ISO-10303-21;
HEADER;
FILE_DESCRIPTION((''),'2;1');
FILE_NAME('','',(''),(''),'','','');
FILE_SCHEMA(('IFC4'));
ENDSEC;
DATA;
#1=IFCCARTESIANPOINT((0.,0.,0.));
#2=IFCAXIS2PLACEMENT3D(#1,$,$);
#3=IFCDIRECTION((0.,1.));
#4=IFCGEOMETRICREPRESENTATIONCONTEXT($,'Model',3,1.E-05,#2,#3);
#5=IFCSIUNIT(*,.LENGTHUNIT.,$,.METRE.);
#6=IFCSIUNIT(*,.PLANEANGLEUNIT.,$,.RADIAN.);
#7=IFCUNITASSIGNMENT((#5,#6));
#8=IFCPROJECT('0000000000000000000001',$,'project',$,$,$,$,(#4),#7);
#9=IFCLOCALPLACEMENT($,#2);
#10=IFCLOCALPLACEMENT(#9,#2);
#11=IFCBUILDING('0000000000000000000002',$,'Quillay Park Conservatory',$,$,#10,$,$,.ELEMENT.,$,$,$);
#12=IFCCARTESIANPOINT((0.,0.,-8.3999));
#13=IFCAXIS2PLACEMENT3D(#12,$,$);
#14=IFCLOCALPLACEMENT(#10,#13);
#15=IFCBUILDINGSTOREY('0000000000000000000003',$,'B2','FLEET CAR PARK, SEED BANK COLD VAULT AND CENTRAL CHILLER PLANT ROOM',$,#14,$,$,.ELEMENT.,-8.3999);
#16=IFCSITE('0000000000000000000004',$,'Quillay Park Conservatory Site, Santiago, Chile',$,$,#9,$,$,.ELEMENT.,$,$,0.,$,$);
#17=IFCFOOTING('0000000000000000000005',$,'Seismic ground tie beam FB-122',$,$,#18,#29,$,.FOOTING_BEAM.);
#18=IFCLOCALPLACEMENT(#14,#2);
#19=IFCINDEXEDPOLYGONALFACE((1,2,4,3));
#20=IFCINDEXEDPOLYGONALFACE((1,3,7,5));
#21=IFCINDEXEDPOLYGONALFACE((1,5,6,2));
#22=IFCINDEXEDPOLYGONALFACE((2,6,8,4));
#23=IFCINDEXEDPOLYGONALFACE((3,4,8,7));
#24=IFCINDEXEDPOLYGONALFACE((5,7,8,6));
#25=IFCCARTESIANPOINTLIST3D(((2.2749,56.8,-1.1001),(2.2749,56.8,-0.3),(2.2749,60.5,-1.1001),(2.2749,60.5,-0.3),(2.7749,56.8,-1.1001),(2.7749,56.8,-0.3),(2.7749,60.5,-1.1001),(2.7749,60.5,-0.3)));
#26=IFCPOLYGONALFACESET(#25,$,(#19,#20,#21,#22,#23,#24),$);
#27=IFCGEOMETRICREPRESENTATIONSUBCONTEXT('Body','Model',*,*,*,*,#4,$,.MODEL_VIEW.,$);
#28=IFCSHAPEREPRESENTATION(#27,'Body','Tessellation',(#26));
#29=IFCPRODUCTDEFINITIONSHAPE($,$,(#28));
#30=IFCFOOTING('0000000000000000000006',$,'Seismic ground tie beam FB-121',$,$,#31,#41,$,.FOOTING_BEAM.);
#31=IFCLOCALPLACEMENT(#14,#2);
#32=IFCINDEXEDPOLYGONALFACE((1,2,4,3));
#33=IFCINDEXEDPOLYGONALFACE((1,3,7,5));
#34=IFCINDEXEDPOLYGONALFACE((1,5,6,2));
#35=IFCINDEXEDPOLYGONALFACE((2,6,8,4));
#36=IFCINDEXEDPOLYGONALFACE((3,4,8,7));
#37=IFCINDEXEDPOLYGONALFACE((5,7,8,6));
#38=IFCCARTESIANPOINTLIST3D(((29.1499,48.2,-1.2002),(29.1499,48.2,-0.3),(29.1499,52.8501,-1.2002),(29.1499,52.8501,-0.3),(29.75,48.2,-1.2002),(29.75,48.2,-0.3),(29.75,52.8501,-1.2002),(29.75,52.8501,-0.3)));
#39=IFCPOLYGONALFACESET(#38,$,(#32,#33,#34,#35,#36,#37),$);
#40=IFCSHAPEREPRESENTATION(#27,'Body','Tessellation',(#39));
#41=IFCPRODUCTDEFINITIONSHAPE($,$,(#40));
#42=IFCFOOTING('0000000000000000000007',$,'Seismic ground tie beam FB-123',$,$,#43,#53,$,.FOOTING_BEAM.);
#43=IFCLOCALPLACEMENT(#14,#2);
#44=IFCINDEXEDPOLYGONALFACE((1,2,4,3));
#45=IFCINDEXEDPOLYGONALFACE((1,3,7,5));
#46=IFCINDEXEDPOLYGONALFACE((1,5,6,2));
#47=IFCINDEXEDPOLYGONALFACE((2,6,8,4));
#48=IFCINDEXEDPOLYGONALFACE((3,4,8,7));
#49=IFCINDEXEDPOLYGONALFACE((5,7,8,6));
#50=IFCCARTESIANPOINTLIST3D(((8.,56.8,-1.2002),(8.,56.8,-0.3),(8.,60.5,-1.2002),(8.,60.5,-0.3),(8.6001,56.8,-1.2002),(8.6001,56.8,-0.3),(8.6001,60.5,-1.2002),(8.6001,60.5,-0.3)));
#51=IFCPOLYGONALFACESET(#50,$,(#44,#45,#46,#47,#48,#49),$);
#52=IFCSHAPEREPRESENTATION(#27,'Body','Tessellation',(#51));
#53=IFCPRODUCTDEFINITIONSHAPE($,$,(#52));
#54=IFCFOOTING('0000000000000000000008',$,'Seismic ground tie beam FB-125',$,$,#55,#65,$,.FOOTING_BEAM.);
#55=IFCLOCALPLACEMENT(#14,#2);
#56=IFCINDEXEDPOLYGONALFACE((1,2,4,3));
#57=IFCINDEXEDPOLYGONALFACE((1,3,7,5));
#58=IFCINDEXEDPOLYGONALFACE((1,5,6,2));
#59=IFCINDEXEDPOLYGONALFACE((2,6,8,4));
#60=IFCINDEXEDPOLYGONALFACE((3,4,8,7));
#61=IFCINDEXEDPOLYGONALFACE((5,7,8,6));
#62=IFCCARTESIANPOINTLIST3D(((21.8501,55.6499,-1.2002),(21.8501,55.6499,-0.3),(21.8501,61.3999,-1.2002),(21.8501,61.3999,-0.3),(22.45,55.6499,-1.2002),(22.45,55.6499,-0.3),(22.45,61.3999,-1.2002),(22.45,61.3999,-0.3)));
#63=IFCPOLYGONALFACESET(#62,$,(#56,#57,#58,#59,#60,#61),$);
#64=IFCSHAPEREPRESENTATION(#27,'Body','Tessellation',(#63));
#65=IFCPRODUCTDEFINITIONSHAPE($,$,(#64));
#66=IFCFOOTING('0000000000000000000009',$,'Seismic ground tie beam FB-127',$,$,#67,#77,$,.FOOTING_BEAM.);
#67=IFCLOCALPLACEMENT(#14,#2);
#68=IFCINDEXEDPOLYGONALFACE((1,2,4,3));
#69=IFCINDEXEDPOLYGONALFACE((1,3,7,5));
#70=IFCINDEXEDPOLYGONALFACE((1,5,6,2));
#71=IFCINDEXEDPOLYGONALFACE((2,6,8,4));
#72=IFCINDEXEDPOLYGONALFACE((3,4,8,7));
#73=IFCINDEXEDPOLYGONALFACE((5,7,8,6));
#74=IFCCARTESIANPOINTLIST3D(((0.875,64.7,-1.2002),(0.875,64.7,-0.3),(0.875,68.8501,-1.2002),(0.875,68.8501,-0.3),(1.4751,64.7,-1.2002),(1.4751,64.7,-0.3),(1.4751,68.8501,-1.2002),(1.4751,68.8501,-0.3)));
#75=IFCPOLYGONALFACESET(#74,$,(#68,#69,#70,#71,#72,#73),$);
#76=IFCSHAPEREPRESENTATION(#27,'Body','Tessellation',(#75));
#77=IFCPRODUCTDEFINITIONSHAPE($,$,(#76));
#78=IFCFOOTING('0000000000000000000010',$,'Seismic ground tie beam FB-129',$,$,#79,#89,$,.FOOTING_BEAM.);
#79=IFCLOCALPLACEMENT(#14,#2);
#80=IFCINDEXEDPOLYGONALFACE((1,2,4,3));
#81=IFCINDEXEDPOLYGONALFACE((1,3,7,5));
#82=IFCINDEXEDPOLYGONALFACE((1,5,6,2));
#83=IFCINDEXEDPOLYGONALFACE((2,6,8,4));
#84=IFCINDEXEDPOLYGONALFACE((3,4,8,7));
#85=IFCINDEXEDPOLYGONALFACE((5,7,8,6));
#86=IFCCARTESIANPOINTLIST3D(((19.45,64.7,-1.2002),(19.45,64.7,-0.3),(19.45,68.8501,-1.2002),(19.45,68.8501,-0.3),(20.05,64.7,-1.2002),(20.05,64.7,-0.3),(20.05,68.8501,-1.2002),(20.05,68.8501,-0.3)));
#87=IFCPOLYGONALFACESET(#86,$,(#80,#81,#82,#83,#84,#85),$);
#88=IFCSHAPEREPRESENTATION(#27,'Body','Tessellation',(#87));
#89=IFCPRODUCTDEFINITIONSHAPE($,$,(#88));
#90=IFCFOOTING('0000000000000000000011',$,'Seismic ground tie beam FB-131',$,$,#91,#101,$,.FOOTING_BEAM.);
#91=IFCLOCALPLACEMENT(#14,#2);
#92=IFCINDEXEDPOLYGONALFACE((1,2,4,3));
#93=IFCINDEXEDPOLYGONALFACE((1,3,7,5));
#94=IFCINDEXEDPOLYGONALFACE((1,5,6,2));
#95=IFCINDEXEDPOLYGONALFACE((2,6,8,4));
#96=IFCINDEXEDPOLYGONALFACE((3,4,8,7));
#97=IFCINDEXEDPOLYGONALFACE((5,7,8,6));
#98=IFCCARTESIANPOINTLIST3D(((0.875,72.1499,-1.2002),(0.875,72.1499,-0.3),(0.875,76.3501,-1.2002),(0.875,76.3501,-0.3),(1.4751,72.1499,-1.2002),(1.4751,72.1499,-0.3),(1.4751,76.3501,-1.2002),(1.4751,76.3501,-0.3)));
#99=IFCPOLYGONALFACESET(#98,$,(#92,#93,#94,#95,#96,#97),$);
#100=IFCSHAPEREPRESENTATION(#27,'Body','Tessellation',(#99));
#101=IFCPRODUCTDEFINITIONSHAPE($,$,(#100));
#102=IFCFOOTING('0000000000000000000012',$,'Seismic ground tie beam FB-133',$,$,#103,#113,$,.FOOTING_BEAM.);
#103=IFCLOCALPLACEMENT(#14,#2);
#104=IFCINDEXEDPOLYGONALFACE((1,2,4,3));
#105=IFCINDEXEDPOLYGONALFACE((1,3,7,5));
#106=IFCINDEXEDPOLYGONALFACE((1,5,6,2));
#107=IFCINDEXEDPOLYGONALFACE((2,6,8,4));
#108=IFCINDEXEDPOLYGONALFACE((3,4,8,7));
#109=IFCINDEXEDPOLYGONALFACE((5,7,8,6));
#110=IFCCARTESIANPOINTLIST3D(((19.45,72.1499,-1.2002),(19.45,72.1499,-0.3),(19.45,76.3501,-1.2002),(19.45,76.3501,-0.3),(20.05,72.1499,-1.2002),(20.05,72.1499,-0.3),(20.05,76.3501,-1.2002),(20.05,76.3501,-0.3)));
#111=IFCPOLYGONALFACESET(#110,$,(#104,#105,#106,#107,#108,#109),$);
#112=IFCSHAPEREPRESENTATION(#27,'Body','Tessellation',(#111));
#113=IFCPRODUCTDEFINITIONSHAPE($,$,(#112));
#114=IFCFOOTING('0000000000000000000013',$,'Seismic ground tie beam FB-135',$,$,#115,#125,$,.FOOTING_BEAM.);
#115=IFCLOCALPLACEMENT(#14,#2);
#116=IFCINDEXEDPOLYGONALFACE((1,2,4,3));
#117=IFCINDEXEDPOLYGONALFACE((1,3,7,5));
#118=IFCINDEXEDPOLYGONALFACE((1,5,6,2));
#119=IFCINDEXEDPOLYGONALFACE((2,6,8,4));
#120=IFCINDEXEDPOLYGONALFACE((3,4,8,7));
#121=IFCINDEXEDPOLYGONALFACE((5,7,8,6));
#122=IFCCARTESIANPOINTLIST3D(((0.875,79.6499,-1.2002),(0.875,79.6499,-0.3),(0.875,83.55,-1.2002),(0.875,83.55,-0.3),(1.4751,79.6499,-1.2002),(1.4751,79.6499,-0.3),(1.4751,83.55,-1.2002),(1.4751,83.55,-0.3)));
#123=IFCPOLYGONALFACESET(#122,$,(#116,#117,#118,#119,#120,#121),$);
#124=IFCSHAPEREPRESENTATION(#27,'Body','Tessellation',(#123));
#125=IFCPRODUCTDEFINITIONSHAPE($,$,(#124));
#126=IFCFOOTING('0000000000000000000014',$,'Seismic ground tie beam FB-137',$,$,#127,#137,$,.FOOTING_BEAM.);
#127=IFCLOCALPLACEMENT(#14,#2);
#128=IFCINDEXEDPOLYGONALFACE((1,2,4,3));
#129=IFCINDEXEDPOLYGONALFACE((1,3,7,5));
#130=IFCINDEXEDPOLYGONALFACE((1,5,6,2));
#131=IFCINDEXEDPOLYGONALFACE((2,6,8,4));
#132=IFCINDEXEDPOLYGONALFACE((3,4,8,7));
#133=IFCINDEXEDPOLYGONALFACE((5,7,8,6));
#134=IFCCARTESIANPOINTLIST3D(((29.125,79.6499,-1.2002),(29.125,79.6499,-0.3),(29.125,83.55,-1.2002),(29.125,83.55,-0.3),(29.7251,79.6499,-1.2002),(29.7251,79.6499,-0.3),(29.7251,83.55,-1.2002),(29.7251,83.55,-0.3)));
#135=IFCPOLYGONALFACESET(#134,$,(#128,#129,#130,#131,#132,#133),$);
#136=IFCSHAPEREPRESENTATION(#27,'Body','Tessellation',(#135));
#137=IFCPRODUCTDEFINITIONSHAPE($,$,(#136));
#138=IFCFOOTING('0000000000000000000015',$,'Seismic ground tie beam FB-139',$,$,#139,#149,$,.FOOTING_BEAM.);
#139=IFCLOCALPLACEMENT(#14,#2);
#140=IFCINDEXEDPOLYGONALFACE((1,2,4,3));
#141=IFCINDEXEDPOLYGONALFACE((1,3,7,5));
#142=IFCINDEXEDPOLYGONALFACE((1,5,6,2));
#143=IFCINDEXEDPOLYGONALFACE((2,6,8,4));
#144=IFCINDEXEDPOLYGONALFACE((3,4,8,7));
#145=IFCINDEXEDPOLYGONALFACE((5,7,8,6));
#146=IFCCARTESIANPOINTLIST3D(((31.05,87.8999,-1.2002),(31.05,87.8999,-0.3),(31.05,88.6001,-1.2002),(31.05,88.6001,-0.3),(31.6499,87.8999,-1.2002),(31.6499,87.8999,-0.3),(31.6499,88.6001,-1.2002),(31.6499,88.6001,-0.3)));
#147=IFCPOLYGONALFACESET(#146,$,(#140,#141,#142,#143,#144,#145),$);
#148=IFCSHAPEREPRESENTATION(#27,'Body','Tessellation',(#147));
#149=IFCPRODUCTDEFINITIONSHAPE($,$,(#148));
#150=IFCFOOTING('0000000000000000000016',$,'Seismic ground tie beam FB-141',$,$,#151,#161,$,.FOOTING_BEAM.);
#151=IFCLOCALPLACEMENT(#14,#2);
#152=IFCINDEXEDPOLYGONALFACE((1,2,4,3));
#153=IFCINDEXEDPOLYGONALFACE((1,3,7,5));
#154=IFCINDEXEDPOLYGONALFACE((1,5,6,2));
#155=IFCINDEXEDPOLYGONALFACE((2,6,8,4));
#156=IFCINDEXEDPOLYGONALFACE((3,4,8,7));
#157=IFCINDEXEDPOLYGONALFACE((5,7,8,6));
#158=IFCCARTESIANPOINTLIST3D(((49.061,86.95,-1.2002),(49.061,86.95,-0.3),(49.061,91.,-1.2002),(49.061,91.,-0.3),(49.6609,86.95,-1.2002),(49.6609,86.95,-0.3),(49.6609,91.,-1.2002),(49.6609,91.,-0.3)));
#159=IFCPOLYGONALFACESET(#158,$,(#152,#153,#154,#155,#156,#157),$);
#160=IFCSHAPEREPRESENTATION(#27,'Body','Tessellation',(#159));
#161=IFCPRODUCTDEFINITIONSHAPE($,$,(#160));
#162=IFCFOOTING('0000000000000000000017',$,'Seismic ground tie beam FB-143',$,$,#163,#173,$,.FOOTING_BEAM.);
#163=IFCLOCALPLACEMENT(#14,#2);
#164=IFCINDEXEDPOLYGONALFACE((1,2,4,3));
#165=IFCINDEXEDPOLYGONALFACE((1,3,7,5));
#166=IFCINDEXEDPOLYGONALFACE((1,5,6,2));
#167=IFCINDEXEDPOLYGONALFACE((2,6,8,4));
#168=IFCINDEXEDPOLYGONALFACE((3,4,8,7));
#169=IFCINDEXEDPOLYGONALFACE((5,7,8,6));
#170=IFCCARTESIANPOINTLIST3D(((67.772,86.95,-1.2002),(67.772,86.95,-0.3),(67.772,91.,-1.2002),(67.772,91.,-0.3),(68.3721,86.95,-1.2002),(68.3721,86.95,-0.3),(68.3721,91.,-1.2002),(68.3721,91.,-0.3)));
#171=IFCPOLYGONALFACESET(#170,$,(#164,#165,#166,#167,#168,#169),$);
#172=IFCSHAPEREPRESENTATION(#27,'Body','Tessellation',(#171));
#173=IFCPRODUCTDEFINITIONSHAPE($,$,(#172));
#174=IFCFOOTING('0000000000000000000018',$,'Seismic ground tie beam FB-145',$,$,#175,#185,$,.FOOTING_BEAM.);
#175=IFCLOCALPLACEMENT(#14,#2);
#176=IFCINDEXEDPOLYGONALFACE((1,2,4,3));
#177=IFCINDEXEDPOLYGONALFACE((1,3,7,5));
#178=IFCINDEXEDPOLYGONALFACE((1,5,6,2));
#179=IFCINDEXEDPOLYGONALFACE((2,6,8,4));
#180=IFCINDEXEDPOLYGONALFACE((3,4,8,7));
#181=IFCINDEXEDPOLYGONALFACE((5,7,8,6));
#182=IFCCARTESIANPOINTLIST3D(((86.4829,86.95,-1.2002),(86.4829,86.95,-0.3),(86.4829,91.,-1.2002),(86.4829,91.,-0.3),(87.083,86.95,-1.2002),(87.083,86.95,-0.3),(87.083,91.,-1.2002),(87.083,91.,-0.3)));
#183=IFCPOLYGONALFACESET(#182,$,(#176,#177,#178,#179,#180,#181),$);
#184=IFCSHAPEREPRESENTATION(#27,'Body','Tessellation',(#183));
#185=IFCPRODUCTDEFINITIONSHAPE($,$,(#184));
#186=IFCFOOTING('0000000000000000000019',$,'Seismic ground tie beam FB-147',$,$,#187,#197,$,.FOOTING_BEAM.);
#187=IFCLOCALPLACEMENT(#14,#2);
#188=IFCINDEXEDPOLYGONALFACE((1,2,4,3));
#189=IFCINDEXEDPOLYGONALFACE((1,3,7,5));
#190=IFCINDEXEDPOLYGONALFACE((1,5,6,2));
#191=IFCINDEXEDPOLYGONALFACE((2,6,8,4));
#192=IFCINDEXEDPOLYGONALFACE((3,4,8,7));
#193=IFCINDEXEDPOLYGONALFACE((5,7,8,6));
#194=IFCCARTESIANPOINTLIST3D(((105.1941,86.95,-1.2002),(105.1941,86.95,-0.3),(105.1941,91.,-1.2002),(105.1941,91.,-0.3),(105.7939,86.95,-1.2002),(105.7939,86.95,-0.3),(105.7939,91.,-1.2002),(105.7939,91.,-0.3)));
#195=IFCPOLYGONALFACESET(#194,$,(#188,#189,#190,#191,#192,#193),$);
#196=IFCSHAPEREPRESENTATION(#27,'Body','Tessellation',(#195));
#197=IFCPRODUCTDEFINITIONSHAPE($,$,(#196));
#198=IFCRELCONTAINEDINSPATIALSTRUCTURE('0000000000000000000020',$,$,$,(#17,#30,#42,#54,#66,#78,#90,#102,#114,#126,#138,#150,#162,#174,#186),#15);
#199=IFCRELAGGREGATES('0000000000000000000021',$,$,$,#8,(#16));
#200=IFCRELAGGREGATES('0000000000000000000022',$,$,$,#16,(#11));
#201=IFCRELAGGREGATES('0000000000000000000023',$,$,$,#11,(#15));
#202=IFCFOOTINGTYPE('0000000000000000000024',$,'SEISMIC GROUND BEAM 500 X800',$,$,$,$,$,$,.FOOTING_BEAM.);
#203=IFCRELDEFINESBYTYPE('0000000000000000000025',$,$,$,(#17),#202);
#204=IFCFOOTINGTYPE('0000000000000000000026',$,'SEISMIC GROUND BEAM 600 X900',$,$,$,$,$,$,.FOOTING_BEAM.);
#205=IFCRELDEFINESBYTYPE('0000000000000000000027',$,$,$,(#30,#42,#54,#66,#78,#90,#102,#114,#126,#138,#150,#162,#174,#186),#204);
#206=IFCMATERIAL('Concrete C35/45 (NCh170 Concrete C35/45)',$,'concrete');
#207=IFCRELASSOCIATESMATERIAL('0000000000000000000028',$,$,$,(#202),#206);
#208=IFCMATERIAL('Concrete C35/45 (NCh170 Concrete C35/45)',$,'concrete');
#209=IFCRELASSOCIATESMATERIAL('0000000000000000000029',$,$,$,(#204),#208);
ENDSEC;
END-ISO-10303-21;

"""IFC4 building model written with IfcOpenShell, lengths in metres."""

from ifc_helpers import new_model, si_unit, direction, frame, origin, place, context, subcontext, project, spatial, polyline, outline, extrude, material, type_object, element, save


model = new_model("IFC4")

# Units and contexts
model_context = context("Model", 3, precision=1e-05, world=origin(), true_north=direction((0.0, 1.0)))
body_context = subcontext(model_context, "Body", "Model", "MODEL_VIEW")
ifc_project = project(units=[si_unit("LENGTHUNIT", "METRE"), si_unit("PLANEANGLEUNIT", "RADIAN")], contexts=[model_context])

# Site, building, storey
site_placement = place(None, origin())
site = spatial("IfcSite", under=ifc_project, at=site_placement, Name="Quillay Park Conservatory Site, Santiago, Chile", CompositionType="ELEMENT", RefElevation=0.0)
building_placement = place(site_placement, origin())
building = spatial("IfcBuilding", under=site, at=building_placement, Name="Quillay Park Conservatory", CompositionType="ELEMENT")
storey_placement = place(building_placement, frame((0.0, 0.0, -8.3999)))
storey = spatial("IfcBuildingStorey", under=building, at=storey_placement, Name="B2", Description="FLEET CAR PARK, SEED BANK COLD VAULT AND CENTRAL CHILLER PLANT ROOM", CompositionType="ELEMENT", Elevation=-8.3999)

# Footings
ifc_material_1 = material(Name="Concrete C35/45 (NCh170 Concrete C35/45)", Category="concrete")
footing_type_1 = type_object("IfcFootingType", Name="SEISMIC GROUND BEAM 500 X800", PredefinedType="FOOTING_BEAM", material=ifc_material_1)
footing_1_placement = place(storey_placement, frame((0.0, 0.0, -1.1001)))
element("IfcFooting", 1, at=footing_1_placement, inside=storey, type_object=footing_type_1, Name="Seismic ground tie beam FB-122", PredefinedType="FOOTING_BEAM", context=body_context, shape_type="SweptSolid", body=[
    extrude(outline(polyline([(2.2749, 56.8), (2.7749, 56.8), (2.7749, 60.5), (2.2749, 60.5), (2.2749, 56.8)])), origin(), (0.0, 0.0, 1.0), 0.8),
])
ifc_material_2 = material(Name="Concrete C35/45 (NCh170 Concrete C35/45)", Category="concrete")
footing_type_2 = type_object("IfcFootingType", Name="SEISMIC GROUND BEAM 600 X900", PredefinedType="FOOTING_BEAM", material=ifc_material_2)
footing_2_placement = place(storey_placement, frame((0.0, 0.0, -1.2002)))
element("IfcFooting", 2, at=footing_2_placement, inside=storey, type_object=footing_type_2, Name="Seismic ground tie beam FB-121", PredefinedType="FOOTING_BEAM", context=body_context, shape_type="SweptSolid", body=[
    extrude(outline(polyline([(29.1499, 48.2), (29.75, 48.2), (29.75, 52.8501), (29.1499, 52.8501), (29.1499, 48.2)])), origin(), (0.0, 0.0, 1.0), 0.9001),
])
footing_3_placement = place(storey_placement, frame((0.0, 0.0, -1.2002)))
element("IfcFooting", 3, at=footing_3_placement, inside=storey, type_object=footing_type_2, Name="Seismic ground tie beam FB-123", PredefinedType="FOOTING_BEAM", context=body_context, shape_type="SweptSolid", body=[
    extrude(outline(polyline([(8.0, 56.8), (8.6001, 56.8), (8.6001, 60.5), (8.0, 60.5), (8.0, 56.8)])), origin(), (0.0, 0.0, 1.0), 0.9001),
])
footing_4_placement = place(storey_placement, frame((0.0, 0.0, -1.2002)))
element("IfcFooting", 4, at=footing_4_placement, inside=storey, type_object=footing_type_2, Name="Seismic ground tie beam FB-125", PredefinedType="FOOTING_BEAM", context=body_context, shape_type="SweptSolid", body=[
    extrude(outline(polyline([(21.8501, 55.6499), (22.45, 55.6499), (22.45, 61.3999), (21.8501, 61.3999), (21.8501, 55.6499)])), origin(), (0.0, 0.0, 1.0), 0.9001),
])
footing_5_placement = place(storey_placement, frame((0.0, 0.0, -1.2002)))
element("IfcFooting", 5, at=footing_5_placement, inside=storey, type_object=footing_type_2, Name="Seismic ground tie beam FB-127", PredefinedType="FOOTING_BEAM", context=body_context, shape_type="SweptSolid", body=[
    extrude(outline(polyline([(0.875, 64.7), (1.4751, 64.7), (1.4751, 68.8501), (0.875, 68.8501), (0.875, 64.7)])), origin(), (0.0, 0.0, 1.0), 0.9001),
])
footing_6_placement = place(storey_placement, frame((0.0, 0.0, -1.2002)))
element("IfcFooting", 6, at=footing_6_placement, inside=storey, type_object=footing_type_2, Name="Seismic ground tie beam FB-129", PredefinedType="FOOTING_BEAM", context=body_context, shape_type="SweptSolid", body=[
    extrude(outline(polyline([(19.45, 64.7), (20.05, 64.7), (20.05, 68.8501), (19.45, 68.8501), (19.45, 64.7)])), origin(), (0.0, 0.0, 1.0), 0.9001),
])
footing_7_placement = place(storey_placement, frame((0.0, 0.0, -1.2002)))
element("IfcFooting", 7, at=footing_7_placement, inside=storey, type_object=footing_type_2, Name="Seismic ground tie beam FB-131", PredefinedType="FOOTING_BEAM", context=body_context, shape_type="SweptSolid", body=[
    extrude(outline(polyline([(0.875, 72.1499), (1.4751, 72.1499), (1.4751, 76.3501), (0.875, 76.3501), (0.875, 72.1499)])), origin(), (0.0, 0.0, 1.0), 0.9001),
])
footing_8_placement = place(storey_placement, frame((0.0, 0.0, -1.2002)))
element("IfcFooting", 8, at=footing_8_placement, inside=storey, type_object=footing_type_2, Name="Seismic ground tie beam FB-133", PredefinedType="FOOTING_BEAM", context=body_context, shape_type="SweptSolid", body=[
    extrude(outline(polyline([(19.45, 72.1499), (20.05, 72.1499), (20.05, 76.3501), (19.45, 76.3501), (19.45, 72.1499)])), origin(), (0.0, 0.0, 1.0), 0.9001),
])
footing_9_placement = place(storey_placement, frame((0.0, 0.0, -1.2002)))
element("IfcFooting", 9, at=footing_9_placement, inside=storey, type_object=footing_type_2, Name="Seismic ground tie beam FB-135", PredefinedType="FOOTING_BEAM", context=body_context, shape_type="SweptSolid", body=[
    extrude(outline(polyline([(0.875, 79.6499), (1.4751, 79.6499), (1.4751, 83.55), (0.875, 83.55), (0.875, 79.6499)])), origin(), (0.0, 0.0, 1.0), 0.9001),
])
footing_10_placement = place(storey_placement, frame((0.0, 0.0, -1.2002)))
element("IfcFooting", 10, at=footing_10_placement, inside=storey, type_object=footing_type_2, Name="Seismic ground tie beam FB-137", PredefinedType="FOOTING_BEAM", context=body_context, shape_type="SweptSolid", body=[
    extrude(outline(polyline([(29.125, 79.6499), (29.7251, 79.6499), (29.7251, 83.55), (29.125, 83.55), (29.125, 79.6499)])), origin(), (0.0, 0.0, 1.0), 0.9001),
])
footing_11_placement = place(storey_placement, frame((0.0, 0.0, -1.2002)))
element("IfcFooting", 11, at=footing_11_placement, inside=storey, type_object=footing_type_2, Name="Seismic ground tie beam FB-139", PredefinedType="FOOTING_BEAM", context=body_context, shape_type="SweptSolid", body=[
    extrude(outline(polyline([(31.05, 87.8999), (31.6499, 87.8999), (31.6499, 88.6001), (31.05, 88.6001), (31.05, 87.8999)])), origin(), (0.0, 0.0, 1.0), 0.9001),
])
footing_12_placement = place(storey_placement, frame((0.0, 0.0, -1.2002)))
element("IfcFooting", 12, at=footing_12_placement, inside=storey, type_object=footing_type_2, Name="Seismic ground tie beam FB-141", PredefinedType="FOOTING_BEAM", context=body_context, shape_type="SweptSolid", body=[
    extrude(outline(polyline([(49.061, 86.95), (49.6609, 86.95), (49.6609, 91.0), (49.061, 91.0), (49.061, 86.95)])), origin(), (0.0, 0.0, 1.0), 0.9001),
])
footing_13_placement = place(storey_placement, frame((0.0, 0.0, -1.2002)))
element("IfcFooting", 13, at=footing_13_placement, inside=storey, type_object=footing_type_2, Name="Seismic ground tie beam FB-143", PredefinedType="FOOTING_BEAM", context=body_context, shape_type="SweptSolid", body=[
    extrude(outline(polyline([(67.772, 86.95), (68.3721, 86.95), (68.3721, 91.0), (67.772, 91.0), (67.772, 86.95)])), origin(), (0.0, 0.0, 1.0), 0.9001),
])
footing_14_placement = place(storey_placement, frame((0.0, 0.0, -1.2002)))
element("IfcFooting", 14, at=footing_14_placement, inside=storey, type_object=footing_type_2, Name="Seismic ground tie beam FB-145", PredefinedType="FOOTING_BEAM", context=body_context, shape_type="SweptSolid", body=[
    extrude(outline(polyline([(86.4829, 86.95), (87.083, 86.95), (87.083, 91.0), (86.4829, 91.0), (86.4829, 86.95)])), origin(), (0.0, 0.0, 1.0), 0.9001),
])
footing_15_placement = place(storey_placement, frame((0.0, 0.0, -1.2002)))
element("IfcFooting", 15, at=footing_15_placement, inside=storey, type_object=footing_type_2, Name="Seismic ground tie beam FB-147", PredefinedType="FOOTING_BEAM", context=body_context, shape_type="SweptSolid", body=[
    extrude(outline(polyline([(105.1941, 86.95), (105.7939, 86.95), (105.7939, 91.0), (105.1941, 91.0), (105.1941, 86.95)])), origin(), (0.0, 0.0, 1.0), 0.9001),
])

save(model, "model.ifc")
